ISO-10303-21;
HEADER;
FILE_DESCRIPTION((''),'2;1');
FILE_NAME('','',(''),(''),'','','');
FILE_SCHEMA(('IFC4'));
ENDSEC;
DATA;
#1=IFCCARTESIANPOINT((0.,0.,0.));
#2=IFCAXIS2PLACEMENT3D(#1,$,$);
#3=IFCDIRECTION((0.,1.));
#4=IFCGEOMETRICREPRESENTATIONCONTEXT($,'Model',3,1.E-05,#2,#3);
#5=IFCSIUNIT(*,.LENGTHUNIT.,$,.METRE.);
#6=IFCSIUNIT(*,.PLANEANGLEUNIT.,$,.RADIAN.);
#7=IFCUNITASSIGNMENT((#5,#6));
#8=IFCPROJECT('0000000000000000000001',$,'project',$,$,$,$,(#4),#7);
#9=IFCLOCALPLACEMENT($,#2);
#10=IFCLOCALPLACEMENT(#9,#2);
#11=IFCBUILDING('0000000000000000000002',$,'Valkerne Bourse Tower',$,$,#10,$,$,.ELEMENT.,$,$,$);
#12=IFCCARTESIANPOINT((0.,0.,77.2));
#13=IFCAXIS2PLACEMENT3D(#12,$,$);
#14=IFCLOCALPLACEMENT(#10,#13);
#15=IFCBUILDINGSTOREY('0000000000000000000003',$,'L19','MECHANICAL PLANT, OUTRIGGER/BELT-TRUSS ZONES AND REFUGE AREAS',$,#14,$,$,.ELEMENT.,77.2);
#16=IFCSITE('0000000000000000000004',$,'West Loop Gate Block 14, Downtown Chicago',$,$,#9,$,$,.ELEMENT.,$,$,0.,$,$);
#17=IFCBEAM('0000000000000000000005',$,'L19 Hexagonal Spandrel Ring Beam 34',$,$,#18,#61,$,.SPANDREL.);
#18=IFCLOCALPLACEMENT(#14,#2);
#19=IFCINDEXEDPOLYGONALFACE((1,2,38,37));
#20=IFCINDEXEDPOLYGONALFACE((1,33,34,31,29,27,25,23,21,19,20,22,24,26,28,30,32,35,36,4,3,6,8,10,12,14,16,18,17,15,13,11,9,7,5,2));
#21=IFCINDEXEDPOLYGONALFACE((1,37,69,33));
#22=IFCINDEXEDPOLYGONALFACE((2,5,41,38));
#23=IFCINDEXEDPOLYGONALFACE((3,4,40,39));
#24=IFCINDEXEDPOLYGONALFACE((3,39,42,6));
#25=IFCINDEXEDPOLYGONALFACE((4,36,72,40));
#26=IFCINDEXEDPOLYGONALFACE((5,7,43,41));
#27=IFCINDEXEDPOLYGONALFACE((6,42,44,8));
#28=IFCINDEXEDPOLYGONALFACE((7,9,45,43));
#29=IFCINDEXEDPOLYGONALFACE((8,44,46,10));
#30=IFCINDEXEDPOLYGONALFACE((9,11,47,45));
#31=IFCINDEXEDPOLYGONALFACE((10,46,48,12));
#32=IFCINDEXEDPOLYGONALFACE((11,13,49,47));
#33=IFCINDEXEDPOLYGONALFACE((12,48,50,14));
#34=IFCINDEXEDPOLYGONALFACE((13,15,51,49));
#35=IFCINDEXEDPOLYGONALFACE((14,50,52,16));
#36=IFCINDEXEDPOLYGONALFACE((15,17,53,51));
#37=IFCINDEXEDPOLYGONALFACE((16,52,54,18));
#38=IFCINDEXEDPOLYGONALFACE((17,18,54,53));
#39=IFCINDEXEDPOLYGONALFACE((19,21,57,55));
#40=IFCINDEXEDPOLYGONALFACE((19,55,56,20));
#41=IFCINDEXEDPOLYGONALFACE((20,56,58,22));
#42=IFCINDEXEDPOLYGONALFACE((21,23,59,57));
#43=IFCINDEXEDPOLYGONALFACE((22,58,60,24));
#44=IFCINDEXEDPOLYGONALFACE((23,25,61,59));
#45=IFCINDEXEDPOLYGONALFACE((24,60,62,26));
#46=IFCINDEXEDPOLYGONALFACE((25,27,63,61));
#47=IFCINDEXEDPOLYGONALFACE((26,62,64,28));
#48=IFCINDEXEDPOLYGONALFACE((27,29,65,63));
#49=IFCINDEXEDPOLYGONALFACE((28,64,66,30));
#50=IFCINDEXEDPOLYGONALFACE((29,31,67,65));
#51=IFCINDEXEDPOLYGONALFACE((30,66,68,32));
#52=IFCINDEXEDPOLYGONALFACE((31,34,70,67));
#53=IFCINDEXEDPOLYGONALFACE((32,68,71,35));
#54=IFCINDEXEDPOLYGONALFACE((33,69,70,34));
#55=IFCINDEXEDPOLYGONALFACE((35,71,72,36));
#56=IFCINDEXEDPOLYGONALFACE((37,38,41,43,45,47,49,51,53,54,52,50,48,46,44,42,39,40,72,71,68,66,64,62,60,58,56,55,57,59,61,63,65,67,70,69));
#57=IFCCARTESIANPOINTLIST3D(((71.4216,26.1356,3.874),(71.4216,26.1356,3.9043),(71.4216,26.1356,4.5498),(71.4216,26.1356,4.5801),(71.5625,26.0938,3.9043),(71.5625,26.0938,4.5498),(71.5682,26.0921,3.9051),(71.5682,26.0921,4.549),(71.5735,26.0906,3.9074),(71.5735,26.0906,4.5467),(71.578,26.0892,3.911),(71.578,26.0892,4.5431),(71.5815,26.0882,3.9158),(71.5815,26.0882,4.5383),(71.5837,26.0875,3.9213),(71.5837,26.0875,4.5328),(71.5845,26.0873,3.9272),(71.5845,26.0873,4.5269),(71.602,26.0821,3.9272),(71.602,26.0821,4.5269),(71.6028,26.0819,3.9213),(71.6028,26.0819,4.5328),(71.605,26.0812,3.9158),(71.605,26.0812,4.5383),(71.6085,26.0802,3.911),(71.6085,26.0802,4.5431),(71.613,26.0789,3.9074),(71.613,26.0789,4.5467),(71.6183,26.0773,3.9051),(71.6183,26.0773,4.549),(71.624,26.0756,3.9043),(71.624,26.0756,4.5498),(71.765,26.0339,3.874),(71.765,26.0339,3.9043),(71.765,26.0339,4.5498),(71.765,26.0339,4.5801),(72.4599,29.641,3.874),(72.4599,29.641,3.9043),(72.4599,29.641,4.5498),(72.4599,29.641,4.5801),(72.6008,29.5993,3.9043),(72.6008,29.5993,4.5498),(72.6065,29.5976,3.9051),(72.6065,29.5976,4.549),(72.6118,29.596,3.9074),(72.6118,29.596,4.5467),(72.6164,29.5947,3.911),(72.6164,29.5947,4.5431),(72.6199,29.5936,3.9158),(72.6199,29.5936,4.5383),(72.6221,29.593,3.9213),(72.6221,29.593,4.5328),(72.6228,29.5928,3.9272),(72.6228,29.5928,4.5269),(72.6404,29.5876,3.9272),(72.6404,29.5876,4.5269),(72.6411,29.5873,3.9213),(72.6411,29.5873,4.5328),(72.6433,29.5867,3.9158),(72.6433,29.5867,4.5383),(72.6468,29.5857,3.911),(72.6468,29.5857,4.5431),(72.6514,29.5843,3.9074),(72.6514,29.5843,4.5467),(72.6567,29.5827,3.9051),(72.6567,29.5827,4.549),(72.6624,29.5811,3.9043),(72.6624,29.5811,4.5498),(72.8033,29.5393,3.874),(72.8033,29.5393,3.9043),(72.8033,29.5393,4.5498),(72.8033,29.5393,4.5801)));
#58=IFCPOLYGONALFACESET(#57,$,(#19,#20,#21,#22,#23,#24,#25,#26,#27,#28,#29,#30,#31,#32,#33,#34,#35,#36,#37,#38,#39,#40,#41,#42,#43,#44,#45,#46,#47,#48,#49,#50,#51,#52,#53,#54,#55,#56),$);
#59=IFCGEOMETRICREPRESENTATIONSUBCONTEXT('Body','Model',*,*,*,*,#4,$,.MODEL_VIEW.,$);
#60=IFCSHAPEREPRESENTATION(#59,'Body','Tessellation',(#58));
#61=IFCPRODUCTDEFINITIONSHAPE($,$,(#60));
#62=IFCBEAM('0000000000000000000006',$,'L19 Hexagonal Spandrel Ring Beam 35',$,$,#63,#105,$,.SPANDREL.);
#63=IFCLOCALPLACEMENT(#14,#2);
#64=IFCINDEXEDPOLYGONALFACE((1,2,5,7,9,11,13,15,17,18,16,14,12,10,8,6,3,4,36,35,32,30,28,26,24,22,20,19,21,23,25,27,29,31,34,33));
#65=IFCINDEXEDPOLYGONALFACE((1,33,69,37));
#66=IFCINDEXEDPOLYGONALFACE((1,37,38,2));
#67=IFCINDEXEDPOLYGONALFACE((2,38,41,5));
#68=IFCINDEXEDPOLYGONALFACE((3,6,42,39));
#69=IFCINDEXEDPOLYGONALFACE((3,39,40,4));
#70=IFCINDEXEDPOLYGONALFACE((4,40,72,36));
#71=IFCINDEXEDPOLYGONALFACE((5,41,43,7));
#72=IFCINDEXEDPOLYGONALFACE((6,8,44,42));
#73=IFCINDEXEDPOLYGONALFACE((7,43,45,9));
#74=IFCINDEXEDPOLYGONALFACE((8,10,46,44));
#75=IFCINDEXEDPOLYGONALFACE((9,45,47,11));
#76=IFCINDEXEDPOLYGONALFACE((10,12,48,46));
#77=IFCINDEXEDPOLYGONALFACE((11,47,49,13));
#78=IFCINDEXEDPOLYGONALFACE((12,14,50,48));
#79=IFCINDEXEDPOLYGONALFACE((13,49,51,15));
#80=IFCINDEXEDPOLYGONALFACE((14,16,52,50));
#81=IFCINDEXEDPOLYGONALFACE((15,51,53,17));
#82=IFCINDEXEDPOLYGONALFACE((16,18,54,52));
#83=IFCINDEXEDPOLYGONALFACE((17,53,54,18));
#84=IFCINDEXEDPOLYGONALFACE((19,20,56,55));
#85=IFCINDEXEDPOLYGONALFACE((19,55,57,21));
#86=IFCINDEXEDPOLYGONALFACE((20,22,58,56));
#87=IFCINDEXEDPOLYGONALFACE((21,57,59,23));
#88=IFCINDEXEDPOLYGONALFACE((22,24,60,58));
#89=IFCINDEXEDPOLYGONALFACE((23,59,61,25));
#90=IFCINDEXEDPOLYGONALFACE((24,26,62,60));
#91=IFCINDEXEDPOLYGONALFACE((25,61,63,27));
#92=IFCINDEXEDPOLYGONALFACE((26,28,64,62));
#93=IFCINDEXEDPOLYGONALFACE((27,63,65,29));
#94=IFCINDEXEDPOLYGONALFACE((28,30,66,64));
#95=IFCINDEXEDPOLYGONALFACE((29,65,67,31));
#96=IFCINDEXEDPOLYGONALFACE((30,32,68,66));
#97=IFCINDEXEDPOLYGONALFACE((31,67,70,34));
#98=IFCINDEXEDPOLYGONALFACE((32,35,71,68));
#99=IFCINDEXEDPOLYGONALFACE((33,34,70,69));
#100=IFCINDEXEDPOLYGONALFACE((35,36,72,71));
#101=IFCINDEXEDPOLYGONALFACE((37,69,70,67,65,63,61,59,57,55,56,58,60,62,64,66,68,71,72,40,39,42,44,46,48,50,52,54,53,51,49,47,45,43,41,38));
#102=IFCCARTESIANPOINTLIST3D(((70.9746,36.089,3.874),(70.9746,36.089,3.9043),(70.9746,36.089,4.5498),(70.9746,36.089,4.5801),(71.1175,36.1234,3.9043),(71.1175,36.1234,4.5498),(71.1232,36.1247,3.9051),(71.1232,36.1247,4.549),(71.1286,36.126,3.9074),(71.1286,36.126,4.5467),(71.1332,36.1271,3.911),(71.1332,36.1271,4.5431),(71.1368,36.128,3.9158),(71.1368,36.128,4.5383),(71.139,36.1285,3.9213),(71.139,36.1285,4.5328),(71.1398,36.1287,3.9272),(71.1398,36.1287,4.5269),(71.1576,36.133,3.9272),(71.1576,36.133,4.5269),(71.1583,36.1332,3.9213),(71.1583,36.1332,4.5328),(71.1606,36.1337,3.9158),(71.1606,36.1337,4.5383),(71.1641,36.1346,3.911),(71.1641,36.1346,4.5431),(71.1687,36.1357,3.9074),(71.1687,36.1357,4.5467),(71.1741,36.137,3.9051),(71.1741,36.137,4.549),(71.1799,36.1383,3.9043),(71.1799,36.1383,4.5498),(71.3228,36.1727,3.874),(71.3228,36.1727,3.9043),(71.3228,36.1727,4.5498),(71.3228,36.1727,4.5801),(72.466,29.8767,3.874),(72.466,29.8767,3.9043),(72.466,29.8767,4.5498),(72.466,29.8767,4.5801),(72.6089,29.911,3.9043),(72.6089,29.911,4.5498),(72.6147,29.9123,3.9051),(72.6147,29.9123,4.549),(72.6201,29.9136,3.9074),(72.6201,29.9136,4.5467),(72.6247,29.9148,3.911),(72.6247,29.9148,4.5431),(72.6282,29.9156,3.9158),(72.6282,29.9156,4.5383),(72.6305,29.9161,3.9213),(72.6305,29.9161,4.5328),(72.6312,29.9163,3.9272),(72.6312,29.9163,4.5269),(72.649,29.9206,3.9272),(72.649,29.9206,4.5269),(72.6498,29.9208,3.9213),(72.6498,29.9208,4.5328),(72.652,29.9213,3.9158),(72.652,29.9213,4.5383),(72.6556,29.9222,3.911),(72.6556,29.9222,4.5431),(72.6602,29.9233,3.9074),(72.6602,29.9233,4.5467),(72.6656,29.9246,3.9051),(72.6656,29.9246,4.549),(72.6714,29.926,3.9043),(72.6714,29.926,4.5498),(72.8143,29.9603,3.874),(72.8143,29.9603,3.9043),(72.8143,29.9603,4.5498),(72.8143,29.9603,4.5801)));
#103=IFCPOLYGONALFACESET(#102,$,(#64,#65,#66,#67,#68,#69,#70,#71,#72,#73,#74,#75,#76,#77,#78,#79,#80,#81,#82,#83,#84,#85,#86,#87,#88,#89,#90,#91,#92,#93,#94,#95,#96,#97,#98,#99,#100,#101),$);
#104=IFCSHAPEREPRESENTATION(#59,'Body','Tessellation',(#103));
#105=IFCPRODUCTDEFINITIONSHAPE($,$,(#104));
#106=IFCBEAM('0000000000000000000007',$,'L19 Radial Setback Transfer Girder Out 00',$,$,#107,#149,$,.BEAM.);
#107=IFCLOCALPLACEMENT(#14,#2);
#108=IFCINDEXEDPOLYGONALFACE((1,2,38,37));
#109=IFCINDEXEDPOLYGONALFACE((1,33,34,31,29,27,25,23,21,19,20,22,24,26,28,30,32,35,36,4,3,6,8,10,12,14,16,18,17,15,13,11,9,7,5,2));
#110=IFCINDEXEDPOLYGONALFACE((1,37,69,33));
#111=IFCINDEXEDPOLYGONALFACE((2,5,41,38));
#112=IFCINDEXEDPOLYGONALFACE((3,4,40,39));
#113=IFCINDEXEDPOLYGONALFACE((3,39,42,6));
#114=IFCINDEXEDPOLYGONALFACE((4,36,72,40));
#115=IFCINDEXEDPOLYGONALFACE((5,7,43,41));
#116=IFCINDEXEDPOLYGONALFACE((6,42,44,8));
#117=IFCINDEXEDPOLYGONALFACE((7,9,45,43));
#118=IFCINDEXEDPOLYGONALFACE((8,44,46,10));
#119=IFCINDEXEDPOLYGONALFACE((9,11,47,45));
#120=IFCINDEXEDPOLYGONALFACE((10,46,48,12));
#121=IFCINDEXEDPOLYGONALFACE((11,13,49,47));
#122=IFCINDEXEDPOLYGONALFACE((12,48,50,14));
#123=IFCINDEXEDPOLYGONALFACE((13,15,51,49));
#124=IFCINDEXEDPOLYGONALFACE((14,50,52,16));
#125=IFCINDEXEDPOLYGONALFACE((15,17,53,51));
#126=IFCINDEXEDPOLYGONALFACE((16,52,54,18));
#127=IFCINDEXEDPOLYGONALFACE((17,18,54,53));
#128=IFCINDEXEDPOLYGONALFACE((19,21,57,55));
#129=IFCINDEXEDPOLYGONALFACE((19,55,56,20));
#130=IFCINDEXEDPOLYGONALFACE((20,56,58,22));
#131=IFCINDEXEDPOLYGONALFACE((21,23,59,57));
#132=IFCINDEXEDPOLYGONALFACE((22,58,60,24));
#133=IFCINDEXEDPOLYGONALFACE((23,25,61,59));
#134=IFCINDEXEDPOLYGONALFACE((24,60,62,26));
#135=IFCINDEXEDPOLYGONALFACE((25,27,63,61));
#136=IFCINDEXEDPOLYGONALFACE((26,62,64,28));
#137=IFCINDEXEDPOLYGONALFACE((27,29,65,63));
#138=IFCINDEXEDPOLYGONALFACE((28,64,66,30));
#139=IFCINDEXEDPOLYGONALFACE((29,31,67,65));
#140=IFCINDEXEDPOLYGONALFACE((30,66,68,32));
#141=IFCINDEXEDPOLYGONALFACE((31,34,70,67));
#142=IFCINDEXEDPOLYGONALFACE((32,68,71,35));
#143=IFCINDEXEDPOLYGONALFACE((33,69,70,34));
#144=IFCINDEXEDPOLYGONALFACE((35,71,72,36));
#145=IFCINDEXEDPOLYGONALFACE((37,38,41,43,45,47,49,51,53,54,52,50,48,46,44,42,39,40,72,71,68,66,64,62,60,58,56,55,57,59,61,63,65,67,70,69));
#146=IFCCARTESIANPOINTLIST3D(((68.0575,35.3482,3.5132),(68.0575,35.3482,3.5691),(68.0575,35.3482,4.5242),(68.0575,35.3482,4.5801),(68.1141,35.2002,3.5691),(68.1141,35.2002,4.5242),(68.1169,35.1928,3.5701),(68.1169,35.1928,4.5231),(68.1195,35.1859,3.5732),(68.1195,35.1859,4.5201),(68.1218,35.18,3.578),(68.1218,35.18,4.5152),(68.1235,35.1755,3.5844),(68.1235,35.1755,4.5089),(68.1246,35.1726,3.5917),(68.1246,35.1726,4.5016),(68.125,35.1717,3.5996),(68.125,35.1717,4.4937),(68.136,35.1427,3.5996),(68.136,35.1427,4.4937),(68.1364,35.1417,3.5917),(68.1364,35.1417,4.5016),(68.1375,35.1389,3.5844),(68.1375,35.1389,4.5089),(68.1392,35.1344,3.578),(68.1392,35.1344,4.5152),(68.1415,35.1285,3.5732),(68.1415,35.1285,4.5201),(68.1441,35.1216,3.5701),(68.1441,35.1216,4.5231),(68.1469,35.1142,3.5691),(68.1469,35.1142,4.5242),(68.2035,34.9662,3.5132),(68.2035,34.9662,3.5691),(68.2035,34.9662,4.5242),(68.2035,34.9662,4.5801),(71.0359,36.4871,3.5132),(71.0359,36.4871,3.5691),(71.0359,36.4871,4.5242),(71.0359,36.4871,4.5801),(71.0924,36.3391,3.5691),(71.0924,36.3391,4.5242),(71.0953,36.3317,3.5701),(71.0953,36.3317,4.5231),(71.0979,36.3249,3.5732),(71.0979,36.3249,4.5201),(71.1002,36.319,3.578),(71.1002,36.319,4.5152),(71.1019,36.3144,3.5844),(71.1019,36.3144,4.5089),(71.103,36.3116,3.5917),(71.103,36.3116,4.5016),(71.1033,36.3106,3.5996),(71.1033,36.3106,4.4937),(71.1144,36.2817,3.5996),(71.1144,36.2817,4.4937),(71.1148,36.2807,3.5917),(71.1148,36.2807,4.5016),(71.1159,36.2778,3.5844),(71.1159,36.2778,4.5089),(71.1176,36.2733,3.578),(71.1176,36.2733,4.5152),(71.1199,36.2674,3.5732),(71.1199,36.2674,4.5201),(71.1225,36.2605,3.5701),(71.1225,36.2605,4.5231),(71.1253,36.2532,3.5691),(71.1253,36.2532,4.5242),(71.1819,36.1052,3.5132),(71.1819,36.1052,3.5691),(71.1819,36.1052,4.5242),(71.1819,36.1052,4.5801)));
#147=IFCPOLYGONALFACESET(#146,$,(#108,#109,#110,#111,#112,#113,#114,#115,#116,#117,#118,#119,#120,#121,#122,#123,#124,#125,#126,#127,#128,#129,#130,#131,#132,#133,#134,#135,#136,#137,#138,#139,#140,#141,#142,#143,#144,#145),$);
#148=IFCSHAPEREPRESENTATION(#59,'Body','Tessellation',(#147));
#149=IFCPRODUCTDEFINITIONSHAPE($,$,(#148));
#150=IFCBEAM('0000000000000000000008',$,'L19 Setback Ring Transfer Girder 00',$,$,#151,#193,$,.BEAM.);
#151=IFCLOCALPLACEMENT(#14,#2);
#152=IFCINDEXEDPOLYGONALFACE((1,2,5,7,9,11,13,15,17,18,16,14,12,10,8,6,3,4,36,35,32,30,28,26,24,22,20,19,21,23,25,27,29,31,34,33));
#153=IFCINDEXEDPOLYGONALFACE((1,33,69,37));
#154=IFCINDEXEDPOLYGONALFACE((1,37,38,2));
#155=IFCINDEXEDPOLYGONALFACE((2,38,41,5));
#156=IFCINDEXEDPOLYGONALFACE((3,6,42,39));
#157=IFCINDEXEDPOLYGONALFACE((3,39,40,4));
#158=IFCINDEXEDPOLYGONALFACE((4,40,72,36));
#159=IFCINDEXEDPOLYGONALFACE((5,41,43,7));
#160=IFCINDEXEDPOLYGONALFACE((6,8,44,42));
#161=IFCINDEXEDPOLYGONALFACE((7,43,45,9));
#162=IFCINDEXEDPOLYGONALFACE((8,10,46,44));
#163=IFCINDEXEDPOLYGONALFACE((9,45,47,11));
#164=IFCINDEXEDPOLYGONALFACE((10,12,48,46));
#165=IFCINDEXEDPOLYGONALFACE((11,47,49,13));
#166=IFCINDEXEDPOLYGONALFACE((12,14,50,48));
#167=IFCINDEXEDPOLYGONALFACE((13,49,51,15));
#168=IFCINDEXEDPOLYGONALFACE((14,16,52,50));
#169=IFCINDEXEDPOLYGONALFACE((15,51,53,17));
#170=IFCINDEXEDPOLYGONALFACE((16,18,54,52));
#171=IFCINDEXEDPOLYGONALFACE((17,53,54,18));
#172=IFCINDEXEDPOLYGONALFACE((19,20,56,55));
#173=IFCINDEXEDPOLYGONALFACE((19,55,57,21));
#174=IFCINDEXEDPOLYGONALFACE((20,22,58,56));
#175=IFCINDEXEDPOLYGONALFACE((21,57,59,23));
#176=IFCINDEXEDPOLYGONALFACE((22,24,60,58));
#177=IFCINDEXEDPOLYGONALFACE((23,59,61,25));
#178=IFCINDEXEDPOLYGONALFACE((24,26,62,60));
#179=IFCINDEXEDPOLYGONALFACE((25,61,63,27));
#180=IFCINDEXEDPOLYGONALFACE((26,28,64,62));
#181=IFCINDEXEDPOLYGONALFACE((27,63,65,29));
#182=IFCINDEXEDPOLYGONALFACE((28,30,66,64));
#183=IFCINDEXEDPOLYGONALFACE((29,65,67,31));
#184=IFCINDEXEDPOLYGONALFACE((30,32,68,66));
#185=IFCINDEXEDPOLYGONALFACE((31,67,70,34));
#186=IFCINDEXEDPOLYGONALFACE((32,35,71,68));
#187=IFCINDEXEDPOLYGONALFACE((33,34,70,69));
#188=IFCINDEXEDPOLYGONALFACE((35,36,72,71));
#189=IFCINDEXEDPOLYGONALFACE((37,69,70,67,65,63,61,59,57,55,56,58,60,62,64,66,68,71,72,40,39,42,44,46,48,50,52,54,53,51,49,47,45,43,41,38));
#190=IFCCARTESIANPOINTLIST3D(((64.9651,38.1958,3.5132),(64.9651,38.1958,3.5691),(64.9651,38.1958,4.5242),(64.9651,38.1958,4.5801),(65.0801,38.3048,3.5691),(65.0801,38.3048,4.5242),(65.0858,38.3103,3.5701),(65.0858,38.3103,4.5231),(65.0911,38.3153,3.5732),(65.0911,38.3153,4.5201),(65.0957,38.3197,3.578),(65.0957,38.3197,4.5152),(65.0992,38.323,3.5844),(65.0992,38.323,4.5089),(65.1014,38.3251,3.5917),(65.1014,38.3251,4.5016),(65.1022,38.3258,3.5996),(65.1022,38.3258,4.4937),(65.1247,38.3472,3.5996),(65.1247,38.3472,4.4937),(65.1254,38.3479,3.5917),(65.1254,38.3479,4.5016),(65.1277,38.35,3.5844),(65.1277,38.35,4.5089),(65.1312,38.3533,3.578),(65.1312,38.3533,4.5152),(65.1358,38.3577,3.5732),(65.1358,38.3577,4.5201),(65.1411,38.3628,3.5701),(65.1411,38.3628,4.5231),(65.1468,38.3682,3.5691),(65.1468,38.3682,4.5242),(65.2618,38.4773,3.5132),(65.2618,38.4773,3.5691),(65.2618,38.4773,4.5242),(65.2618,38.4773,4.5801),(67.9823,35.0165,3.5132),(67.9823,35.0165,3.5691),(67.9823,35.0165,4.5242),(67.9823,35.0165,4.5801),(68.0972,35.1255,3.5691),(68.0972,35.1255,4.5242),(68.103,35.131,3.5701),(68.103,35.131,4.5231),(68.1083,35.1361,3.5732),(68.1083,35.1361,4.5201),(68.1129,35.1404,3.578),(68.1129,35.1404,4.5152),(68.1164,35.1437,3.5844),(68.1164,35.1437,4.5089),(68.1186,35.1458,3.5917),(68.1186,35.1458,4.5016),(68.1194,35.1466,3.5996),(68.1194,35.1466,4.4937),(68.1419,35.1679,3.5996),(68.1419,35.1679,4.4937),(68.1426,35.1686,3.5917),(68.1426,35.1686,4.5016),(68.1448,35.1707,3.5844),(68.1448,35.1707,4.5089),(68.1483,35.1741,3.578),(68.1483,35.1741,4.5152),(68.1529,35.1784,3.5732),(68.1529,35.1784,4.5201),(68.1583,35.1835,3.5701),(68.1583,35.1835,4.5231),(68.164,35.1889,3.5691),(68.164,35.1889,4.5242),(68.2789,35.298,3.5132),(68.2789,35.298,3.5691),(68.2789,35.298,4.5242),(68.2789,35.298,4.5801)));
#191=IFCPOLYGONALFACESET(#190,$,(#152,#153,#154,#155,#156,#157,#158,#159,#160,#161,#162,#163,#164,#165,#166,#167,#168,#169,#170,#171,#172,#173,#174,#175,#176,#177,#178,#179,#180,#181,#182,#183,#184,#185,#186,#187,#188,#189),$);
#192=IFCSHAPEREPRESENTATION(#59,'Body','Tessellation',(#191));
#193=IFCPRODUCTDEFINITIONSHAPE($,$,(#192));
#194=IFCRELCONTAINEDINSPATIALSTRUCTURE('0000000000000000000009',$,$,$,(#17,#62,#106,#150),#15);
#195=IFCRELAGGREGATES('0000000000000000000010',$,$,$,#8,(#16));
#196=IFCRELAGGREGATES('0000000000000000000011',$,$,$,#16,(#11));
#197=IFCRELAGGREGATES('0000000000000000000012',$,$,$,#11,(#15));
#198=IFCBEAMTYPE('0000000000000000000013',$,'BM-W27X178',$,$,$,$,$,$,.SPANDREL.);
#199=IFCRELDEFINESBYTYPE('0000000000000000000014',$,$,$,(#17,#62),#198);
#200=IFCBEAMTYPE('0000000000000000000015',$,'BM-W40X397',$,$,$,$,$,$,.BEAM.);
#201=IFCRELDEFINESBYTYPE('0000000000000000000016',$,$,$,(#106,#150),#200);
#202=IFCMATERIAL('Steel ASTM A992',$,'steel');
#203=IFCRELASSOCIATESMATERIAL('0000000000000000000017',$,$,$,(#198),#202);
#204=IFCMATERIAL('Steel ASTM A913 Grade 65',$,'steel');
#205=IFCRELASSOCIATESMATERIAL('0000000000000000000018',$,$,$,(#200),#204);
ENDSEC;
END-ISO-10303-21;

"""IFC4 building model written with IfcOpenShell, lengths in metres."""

from ifc_helpers import new_model, si_unit, direction, frame, origin, origin_2d, place, context, subcontext, project, spatial, i_section, extrude, material, material_profile, profile_set, type_object, element, save


model = new_model("IFC4")

# Units and contexts
model_context = context("Model", 3, precision=1e-05, world=origin(), true_north=direction((0.0, 1.0)))
body_context = subcontext(model_context, "Body", "Model", "MODEL_VIEW")
ifc_project = project(units=[si_unit("LENGTHUNIT", "METRE"), si_unit("PLANEANGLEUNIT", "RADIAN")], contexts=[model_context])

# Site, building, storey
site_placement = place(None, origin())
site = spatial("IfcSite", under=ifc_project, at=site_placement, Name="West Loop Gate Block 14, Downtown Chicago", CompositionType="ELEMENT", RefElevation=0.0)
building_placement = place(site_placement, origin())
building = spatial("IfcBuilding", under=site, at=building_placement, Name="Valkerne Bourse Tower", CompositionType="ELEMENT")
storey_placement = place(building_placement, frame((0.0, 0.0, 77.2)))
storey = spatial("IfcBuildingStorey", under=building, at=storey_placement, Name="L19", Description="MECHANICAL PLANT, OUTRIGGER/BELT-TRUSS ZONES AND REFUGE AREAS", CompositionType="ELEMENT", Elevation=77.2)

# Shared definitions
ifc_material_1 = material(Name="Steel ASTM A913 Grade 65", Category="steel")

# Beams
ifc_material_2 = material(Name="Steel ASTM A992", Category="steel")
ifc_material_profile_1 = material_profile(ifc_material_2, i_section(OverallWidth=0.3582, OverallDepth=0.7061, WebThickness=0.0183, FlangeThickness=0.0303, FilletRadius=0.0229, at=origin_2d()), Name="W27X178")
ifc_profile_set_1 = profile_set([ifc_material_profile_1], Name="Steel ASTM A992")
beam_type_1 = type_object("IfcBeamType", Name="BM-W27X178", PredefinedType="SPANDREL", material=ifc_profile_set_1)
for number, where, z_axis, x_axis, name in (
    (1, (71.5933, 26.0847, 4.2271), (0.284013, 0.95882, 0.0), (-0.95882, 0.284013, 0.0), "L19 Hexagonal Spandrel Ring Beam 34"),
):
    element("IfcBeam", number, at=place(storey_placement, frame(where, z_axis=z_axis, x_axis=x_axis)), inside=storey, type_object=beam_type_1, Name=name, PredefinedType="SPANDREL", context=body_context, shape_type="SweptSolid", body=[
        extrude(i_section(OverallWidth=0.3582, OverallDepth=0.7061, WebThickness=0.0183, FlangeThickness=0.0303, FilletRadius=0.0229, at=origin_2d()), origin(), (0.0, 0.0, 1.0), 3.656),
    ])
beam_1_placement = place(storey_placement, frame((72.6401, 29.9185, 4.2271), z_axis=(-0.233444, 0.97237, 0.0), x_axis=(-0.97237, -0.233444, 0.0)))
element("IfcBeam", 2, at=beam_1_placement, inside=storey, type_object=beam_type_1, Name="L19 Hexagonal Spandrel Ring Beam 35", PredefinedType="SPANDREL", context=body_context, shape_type="SweptSolid", body=[
    extrude(i_section(OverallWidth=0.3582, OverallDepth=0.7061, WebThickness=0.0183, FlangeThickness=0.0303, FilletRadius=0.0229, at=origin_2d()), origin(), (0.0, 0.0, 1.0), 6.3889),
])
ifc_material_profile_2 = material_profile(ifc_material_1, i_section(OverallWidth=0.4089, OverallDepth=1.0669, WebThickness=0.031, FlangeThickness=0.0559, FilletRadius=0.0305, at=origin_2d()), Name="W40X397")
ifc_profile_set_2 = profile_set([ifc_material_profile_2], Name="Steel ASTM A913 Grade 65")
beam_type_2 = type_object("IfcBeamType", Name="BM-W40X397", PredefinedType="BEAM", material=ifc_profile_set_2)
beam_2_placement = place(storey_placement, frame((71.1089, 36.2961, 4.0466), z_axis=(-0.934035, -0.357183, 0.0), x_axis=(0.357183, -0.934035, 0.0)))
element("IfcBeam", 3, at=beam_2_placement, inside=storey, type_object=beam_type_2, Name="L19 Radial Setback Transfer Girder Out 00", PredefinedType="BEAM", context=body_context, shape_type="SweptSolid", body=[
    extrude(i_section(OverallWidth=0.4089, OverallDepth=1.0669, WebThickness=0.031, FlangeThickness=0.0559, FilletRadius=0.0305, at=origin_2d()), origin(), (0.0, 0.0, 1.0), 3.1887),
])
for number, where, z_axis, x_axis, name in (
    (4, (68.1306, 35.1572, 4.0466), (-0.688372, 0.725358, 0.0), (-0.725358, -0.688372, 0.0), "L19 Setback Ring Transfer Girder 00"),
):
    element("IfcBeam", number, at=place(storey_placement, frame(where, z_axis=z_axis, x_axis=x_axis)), inside=storey, type_object=beam_type_2, Name=name, PredefinedType="BEAM", context=body_context, shape_type="SweptSolid", body=[
        extrude(i_section(OverallWidth=0.4089, OverallDepth=1.0669, WebThickness=0.031, FlangeThickness=0.0559, FilletRadius=0.0305, at=origin_2d()), origin(), (0.0, 0.0, 1.0), 4.3831),
    ])

save(model, "model.ifc")
